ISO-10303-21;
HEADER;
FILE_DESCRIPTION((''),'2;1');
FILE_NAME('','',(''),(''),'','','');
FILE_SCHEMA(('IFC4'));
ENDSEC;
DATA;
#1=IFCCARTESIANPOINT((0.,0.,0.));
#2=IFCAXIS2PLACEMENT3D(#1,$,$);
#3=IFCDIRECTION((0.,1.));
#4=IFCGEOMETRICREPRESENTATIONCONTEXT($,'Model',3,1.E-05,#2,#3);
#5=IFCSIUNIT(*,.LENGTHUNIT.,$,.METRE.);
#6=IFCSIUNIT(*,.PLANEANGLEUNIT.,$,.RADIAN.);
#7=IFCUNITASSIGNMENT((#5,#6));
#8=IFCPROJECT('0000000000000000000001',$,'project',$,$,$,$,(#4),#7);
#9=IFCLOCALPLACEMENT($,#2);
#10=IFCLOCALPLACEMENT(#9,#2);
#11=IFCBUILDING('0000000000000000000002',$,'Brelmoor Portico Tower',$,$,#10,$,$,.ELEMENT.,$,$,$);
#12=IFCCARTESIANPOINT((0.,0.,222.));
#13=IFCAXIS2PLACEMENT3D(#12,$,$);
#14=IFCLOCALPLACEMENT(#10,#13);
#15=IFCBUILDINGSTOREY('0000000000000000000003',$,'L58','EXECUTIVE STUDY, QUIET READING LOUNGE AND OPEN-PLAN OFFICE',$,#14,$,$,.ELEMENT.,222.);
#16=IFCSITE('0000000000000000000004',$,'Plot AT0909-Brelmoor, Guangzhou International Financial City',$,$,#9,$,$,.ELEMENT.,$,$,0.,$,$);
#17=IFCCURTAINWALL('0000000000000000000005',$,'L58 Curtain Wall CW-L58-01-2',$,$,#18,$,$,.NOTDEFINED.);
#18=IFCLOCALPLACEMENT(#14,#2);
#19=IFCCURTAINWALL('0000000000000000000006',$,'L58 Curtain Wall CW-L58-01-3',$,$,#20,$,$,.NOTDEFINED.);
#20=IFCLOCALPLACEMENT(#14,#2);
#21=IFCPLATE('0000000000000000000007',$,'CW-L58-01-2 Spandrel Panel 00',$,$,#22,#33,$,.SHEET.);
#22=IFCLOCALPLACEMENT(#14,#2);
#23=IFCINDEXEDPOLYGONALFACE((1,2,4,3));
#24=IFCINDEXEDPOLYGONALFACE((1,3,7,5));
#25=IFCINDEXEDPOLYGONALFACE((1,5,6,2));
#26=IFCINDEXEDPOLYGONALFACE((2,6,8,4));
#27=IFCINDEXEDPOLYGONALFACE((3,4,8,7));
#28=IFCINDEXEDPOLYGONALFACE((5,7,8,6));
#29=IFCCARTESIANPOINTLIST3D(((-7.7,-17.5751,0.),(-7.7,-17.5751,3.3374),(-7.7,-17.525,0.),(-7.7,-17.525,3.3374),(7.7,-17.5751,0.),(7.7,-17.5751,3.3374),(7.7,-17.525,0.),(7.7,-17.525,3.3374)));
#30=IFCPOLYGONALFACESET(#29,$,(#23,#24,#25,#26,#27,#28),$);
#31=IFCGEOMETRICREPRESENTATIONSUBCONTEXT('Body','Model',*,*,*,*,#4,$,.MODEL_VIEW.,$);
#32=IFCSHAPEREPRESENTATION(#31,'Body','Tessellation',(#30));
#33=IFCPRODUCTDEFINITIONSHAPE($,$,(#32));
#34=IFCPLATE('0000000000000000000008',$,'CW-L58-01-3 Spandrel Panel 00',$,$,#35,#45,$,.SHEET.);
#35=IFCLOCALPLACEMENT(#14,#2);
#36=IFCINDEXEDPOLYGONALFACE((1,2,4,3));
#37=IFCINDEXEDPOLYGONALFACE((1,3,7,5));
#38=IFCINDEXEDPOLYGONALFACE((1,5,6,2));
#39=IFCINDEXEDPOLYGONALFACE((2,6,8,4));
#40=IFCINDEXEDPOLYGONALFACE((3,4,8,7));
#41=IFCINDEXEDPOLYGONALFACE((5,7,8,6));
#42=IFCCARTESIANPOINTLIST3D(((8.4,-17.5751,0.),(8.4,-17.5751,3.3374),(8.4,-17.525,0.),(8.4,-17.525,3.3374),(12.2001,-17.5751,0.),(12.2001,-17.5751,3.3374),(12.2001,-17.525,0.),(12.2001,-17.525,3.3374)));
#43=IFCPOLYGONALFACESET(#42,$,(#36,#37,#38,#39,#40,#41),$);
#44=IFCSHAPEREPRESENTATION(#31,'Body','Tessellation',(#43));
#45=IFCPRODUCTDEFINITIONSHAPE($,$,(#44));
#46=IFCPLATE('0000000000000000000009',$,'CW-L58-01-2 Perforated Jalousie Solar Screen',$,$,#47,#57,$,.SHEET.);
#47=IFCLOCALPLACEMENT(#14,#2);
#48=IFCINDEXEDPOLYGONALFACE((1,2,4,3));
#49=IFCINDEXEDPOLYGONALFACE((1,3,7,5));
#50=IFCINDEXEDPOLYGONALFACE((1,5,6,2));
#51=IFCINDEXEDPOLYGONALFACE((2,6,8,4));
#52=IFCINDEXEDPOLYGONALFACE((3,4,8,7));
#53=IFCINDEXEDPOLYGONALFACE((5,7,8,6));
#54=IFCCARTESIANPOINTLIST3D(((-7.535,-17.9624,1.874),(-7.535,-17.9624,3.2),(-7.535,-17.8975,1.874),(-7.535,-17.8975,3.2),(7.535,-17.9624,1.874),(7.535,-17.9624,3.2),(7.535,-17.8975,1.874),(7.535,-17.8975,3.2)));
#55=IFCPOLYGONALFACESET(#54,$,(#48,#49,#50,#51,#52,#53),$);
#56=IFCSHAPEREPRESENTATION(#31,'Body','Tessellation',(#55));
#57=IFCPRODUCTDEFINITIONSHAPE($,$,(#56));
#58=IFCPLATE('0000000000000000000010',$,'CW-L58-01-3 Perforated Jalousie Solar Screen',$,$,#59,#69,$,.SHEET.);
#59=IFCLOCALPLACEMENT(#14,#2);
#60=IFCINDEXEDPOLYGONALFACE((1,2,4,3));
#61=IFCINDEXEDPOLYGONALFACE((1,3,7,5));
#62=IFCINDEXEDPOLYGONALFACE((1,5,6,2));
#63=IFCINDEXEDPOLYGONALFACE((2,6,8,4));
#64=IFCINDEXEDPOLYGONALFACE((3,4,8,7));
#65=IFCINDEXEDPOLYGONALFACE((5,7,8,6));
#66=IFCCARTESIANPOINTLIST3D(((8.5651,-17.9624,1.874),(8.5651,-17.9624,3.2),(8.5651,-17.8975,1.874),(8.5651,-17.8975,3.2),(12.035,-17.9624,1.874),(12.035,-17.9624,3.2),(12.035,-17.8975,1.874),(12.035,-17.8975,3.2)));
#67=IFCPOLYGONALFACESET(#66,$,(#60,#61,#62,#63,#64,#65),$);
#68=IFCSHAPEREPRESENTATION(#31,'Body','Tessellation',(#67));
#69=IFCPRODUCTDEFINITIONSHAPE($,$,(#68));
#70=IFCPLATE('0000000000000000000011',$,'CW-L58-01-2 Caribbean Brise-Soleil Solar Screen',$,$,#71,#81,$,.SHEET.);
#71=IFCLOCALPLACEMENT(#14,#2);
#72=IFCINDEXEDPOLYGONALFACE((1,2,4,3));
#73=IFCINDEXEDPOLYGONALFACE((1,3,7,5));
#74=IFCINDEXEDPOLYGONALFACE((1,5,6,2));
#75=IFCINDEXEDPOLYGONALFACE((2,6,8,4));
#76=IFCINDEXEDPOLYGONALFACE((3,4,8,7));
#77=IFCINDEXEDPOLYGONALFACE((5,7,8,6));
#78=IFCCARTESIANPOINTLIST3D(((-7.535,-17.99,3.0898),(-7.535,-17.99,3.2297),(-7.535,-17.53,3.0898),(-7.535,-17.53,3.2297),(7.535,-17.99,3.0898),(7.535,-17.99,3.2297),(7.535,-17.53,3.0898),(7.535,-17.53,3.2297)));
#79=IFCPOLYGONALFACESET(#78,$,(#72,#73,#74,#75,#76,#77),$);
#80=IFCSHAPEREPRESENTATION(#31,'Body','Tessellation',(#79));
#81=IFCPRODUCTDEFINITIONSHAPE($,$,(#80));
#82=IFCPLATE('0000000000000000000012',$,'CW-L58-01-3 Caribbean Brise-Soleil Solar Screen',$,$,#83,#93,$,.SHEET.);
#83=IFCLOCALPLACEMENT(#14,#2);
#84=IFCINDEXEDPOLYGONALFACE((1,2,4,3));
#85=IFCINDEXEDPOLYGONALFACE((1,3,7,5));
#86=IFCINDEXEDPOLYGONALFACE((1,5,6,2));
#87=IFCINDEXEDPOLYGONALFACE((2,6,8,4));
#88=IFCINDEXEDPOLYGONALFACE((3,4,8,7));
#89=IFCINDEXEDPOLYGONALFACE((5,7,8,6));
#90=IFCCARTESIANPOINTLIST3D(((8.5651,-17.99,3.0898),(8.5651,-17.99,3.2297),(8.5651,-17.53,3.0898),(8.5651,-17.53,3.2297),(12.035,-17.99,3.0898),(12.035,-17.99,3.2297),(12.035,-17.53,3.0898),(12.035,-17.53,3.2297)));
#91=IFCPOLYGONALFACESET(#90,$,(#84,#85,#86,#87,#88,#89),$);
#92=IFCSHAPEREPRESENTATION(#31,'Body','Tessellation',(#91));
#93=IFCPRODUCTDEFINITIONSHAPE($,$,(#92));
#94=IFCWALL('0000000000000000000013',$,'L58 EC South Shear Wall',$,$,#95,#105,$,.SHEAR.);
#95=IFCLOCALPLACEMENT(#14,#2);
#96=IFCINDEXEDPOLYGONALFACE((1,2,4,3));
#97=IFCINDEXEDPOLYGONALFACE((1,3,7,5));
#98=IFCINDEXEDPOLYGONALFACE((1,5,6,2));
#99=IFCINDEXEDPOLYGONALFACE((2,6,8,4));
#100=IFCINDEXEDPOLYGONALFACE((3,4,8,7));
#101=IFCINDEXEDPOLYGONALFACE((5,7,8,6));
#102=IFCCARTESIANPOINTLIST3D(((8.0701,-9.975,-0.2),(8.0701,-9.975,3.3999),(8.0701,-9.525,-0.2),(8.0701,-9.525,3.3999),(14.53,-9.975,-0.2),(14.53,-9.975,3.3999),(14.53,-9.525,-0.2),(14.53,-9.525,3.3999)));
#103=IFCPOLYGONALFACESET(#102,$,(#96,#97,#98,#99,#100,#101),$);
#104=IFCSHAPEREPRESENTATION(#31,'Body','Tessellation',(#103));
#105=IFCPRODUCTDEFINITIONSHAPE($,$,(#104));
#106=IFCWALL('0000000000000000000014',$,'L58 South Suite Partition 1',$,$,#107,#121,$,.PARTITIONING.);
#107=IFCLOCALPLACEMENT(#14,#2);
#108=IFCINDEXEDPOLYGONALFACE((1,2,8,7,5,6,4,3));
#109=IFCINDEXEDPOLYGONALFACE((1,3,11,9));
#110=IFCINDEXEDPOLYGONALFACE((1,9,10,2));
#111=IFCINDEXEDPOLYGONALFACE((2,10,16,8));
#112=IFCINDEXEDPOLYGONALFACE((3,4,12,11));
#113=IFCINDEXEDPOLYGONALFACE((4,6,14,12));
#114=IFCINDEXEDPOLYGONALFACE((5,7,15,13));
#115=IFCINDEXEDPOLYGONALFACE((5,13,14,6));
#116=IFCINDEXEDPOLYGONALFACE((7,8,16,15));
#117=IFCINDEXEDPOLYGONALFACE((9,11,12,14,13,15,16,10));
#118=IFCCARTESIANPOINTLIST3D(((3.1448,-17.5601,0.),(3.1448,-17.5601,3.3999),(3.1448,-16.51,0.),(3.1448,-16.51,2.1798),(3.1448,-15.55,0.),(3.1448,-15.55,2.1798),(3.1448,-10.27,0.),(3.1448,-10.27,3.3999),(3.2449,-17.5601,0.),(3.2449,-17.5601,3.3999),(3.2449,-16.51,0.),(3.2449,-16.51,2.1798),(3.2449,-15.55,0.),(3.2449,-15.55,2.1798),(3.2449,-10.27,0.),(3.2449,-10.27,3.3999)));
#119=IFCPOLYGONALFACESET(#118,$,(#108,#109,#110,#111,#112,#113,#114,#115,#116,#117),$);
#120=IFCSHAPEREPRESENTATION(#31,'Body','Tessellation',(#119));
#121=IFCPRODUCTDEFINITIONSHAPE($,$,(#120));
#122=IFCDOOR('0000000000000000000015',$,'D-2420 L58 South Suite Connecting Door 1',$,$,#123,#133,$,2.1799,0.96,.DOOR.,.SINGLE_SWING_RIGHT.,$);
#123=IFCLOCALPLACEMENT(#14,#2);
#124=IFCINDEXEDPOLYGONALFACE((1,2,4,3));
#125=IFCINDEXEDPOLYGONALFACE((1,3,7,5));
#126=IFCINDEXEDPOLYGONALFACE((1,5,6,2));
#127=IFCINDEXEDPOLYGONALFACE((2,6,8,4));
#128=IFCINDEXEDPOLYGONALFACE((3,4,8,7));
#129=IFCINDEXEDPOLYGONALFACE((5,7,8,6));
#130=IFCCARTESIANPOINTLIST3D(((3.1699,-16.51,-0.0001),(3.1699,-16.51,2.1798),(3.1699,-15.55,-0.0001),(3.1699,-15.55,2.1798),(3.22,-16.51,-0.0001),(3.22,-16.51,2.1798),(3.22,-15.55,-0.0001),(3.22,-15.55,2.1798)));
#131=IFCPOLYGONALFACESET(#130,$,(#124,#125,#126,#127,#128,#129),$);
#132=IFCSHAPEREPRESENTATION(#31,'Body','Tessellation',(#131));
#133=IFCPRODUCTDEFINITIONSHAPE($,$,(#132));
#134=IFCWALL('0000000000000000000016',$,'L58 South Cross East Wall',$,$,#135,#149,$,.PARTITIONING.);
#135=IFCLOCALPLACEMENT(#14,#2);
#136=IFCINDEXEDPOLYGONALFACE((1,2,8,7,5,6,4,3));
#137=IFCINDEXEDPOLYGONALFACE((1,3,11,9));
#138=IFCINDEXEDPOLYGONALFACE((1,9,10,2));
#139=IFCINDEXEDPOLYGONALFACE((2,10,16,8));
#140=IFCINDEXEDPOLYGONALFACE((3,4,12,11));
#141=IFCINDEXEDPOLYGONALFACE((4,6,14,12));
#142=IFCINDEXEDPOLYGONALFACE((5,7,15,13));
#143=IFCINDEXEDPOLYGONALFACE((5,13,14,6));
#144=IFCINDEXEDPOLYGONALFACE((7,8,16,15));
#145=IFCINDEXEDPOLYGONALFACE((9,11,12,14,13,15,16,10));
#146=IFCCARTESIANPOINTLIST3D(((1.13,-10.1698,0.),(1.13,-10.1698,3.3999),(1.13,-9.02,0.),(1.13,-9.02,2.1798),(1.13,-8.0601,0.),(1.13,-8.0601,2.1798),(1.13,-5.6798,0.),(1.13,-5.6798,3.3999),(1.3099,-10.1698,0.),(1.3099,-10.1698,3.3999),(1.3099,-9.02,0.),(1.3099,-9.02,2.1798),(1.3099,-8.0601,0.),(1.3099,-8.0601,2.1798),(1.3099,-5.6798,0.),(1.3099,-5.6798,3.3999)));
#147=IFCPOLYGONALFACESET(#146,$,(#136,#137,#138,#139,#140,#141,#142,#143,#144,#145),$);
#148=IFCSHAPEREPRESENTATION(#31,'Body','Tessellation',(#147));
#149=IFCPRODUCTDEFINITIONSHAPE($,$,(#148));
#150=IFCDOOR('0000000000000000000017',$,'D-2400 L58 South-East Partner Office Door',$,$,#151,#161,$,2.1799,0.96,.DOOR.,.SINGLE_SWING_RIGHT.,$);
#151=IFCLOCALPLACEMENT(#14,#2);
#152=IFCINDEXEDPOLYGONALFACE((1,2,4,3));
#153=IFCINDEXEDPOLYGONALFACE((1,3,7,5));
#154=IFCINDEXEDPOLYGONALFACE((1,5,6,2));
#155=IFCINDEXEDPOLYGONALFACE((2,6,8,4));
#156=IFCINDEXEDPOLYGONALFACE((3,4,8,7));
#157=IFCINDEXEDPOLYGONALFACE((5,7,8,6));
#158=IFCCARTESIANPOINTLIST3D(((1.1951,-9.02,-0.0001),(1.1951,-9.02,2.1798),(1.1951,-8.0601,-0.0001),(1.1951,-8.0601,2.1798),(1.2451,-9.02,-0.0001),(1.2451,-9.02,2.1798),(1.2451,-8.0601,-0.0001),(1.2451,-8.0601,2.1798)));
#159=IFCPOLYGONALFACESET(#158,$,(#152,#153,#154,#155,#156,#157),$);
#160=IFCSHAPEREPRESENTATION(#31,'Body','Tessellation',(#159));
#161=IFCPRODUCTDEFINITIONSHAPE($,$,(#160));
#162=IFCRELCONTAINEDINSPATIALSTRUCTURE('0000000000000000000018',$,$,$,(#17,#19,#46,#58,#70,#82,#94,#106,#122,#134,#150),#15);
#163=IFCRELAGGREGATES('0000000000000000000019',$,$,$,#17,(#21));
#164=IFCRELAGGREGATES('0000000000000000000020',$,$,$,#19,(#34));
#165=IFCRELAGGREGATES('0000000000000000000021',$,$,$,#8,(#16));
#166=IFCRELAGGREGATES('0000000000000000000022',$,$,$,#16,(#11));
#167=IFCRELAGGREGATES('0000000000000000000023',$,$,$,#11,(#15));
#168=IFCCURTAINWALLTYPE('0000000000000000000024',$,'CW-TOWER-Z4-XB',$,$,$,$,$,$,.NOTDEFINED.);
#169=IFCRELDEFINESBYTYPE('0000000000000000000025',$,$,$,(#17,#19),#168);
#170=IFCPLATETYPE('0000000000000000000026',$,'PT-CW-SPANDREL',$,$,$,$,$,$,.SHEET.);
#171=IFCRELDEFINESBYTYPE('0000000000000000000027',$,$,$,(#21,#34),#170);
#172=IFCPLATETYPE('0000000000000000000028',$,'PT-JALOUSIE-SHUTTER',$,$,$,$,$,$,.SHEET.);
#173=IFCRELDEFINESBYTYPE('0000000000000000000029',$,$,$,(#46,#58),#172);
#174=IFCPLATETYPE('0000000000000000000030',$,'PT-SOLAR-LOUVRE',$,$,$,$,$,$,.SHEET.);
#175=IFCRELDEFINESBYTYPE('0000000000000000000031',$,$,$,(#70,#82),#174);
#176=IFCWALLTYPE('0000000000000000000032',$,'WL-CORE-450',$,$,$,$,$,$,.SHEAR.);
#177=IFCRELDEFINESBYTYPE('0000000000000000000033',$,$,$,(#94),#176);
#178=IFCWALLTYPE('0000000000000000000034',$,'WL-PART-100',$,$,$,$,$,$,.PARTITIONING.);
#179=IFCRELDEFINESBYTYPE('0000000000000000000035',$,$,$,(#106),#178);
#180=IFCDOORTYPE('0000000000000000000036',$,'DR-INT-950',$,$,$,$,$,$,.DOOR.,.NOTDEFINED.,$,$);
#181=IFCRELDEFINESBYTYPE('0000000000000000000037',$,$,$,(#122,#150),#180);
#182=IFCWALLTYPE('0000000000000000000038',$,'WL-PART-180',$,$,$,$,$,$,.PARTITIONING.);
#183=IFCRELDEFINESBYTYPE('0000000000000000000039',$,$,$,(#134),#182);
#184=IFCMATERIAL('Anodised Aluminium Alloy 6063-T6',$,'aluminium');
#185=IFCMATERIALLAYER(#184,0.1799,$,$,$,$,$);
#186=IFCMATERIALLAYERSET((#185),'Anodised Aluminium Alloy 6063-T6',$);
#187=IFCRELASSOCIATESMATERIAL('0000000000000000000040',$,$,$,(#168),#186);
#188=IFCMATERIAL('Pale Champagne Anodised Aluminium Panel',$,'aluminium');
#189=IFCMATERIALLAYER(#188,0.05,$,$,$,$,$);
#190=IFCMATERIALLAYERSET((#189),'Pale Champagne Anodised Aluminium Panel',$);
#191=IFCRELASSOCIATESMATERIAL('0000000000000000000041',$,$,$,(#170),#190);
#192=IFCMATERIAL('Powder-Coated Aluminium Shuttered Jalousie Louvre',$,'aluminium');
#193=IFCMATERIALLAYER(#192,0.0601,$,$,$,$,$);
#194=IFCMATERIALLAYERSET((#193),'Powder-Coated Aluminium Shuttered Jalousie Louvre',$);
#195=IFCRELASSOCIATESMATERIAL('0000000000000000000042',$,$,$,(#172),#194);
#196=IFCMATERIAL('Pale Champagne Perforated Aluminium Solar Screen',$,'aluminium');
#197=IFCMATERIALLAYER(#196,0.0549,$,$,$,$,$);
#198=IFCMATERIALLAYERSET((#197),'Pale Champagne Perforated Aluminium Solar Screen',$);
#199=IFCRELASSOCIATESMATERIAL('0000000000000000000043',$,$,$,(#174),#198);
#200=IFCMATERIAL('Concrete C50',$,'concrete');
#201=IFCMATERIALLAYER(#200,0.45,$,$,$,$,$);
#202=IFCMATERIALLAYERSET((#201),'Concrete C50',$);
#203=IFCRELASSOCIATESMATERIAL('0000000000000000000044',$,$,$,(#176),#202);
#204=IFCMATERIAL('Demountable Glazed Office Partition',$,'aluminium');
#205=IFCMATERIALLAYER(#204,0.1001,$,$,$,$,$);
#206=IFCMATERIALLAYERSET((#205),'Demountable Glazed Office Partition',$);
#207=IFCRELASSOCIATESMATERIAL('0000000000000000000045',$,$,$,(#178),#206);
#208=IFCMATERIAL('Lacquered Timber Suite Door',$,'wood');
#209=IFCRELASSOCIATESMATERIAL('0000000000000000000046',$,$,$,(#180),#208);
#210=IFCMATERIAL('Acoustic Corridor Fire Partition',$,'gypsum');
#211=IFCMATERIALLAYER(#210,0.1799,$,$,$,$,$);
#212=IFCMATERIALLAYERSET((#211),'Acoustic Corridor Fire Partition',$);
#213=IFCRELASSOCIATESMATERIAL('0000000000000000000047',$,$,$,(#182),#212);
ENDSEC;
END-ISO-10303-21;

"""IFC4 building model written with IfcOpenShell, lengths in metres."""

from ifc_helpers import new_model, si_unit, direction, frame, frame_2d, origin, origin_2d, place, context, subcontext, project, spatial, rectangle, extrude, material, layer, layer_set, type_object, element, fill, aggregate, save


model = new_model("IFC4")

# Units and contexts
model_context = context("Model", 3, precision=1e-05, world=origin(), true_north=direction((0.0, 1.0)))
body_context = subcontext(model_context, "Body", "Model", "MODEL_VIEW")
ifc_project = project(units=[si_unit("LENGTHUNIT", "METRE"), si_unit("PLANEANGLEUNIT", "RADIAN")], contexts=[model_context])

# Site, building, storey
site_placement = place(None, origin())
site = spatial("IfcSite", under=ifc_project, at=site_placement, Name="Plot AT0909-Brelmoor, Guangzhou International Financial City", CompositionType="ELEMENT", RefElevation=0.0)
building_placement = place(site_placement, origin())
building = spatial("IfcBuilding", under=site, at=building_placement, Name="Brelmoor Portico Tower", CompositionType="ELEMENT")
storey_placement = place(building_placement, frame((0.0, 0.0, 222.0)))
storey = spatial("IfcBuildingStorey", under=building, at=storey_placement, Name="L58", Description="EXECUTIVE STUDY, QUIET READING LOUNGE AND OPEN-PLAN OFFICE", CompositionType="ELEMENT", Elevation=222.0)

# Curtain wall
ifc_material_1 = material(Name="Anodised Aluminium Alloy 6063-T6", Category="aluminium")
ifc_layer_1 = layer(ifc_material_1, 0.1799)
ifc_layer_set_1 = layer_set([ifc_layer_1], Name="Anodised Aluminium Alloy 6063-T6")
curtain_wall_type = type_object("IfcCurtainWallType", Name="CW-TOWER-Z4-XB", PredefinedType="NOTDEFINED", material=ifc_layer_set_1)
curtain_wall_1_placement = place(storey_placement, origin())
curtain_wall_1 = element("IfcCurtainWall", 1, at=curtain_wall_1_placement, inside=storey, type_object=curtain_wall_type, Name="L58 Curtain Wall CW-L58-01-2", PredefinedType="NOTDEFINED")

# Curtain wall
curtain_wall_2_placement = place(storey_placement, origin())
curtain_wall_2 = element("IfcCurtainWall", 2, at=curtain_wall_2_placement, inside=storey, type_object=curtain_wall_type, Name="L58 Curtain Wall CW-L58-01-3", PredefinedType="NOTDEFINED")

# Plates
ifc_material_2 = material(Name="Pale Champagne Anodised Aluminium Panel", Category="aluminium")
ifc_layer_2 = layer(ifc_material_2, 0.05)
ifc_layer_set_2 = layer_set([ifc_layer_2], Name="Pale Champagne Anodised Aluminium Panel")
plate_type_1 = type_object("IfcPlateType", Name="PT-CW-SPANDREL", PredefinedType="SHEET", material=ifc_layer_set_2)
plate_1_placement = place(storey_placement, frame((0.0, -17.55, 0.0), z_axis=(0.0, 0.0, 1.0), x_axis=(1.0, 0.0, 0.0)))
plate_1 = element("IfcPlate", 3, at=plate_1_placement, type_object=plate_type_1, Name="CW-L58-01-2 Spandrel Panel 00", PredefinedType="SHEET", context=body_context, shape_type="SweptSolid", body=[
    extrude(rectangle(XDim=15.3999, YDim=0.05, at=origin_2d()), origin(), (0.0, 0.0, 1.0), 3.3374),
])
aggregate(curtain_wall_1, [plate_1])
plate_2_placement = place(storey_placement, frame((10.3, -17.55, 0.0), z_axis=(0.0, 0.0, 1.0), x_axis=(1.0, 0.0, 0.0)))
plate_2 = element("IfcPlate", 4, at=plate_2_placement, type_object=plate_type_1, Name="CW-L58-01-3 Spandrel Panel 00", PredefinedType="SHEET", context=body_context, shape_type="SweptSolid", body=[
    extrude(rectangle(XDim=3.8, YDim=0.05, at=origin_2d()), origin(), (0.0, 0.0, 1.0), 3.3374),
])
aggregate(curtain_wall_2, [plate_2])

# Plates
ifc_material_3 = material(Name="Powder-Coated Aluminium Shuttered Jalousie Louvre", Category="aluminium")
ifc_layer_3 = layer(ifc_material_3, 0.0601)
ifc_layer_set_3 = layer_set([ifc_layer_3], Name="Powder-Coated Aluminium Shuttered Jalousie Louvre")
plate_type_2 = type_object("IfcPlateType", Name="PT-JALOUSIE-SHUTTER", PredefinedType="SHEET", material=ifc_layer_set_3)
plate_3_placement = place(storey_placement, frame((0.0, -17.9299, 1.874), z_axis=(0.0, 0.0, 1.0), x_axis=(1.0, 0.0, 0.0)))
element("IfcPlate", 5, at=plate_3_placement, inside=storey, type_object=plate_type_2, Name="CW-L58-01-2 Perforated Jalousie Solar Screen", PredefinedType="SHEET", context=body_context, shape_type="SweptSolid", body=[
    extrude(rectangle(XDim=15.0701, YDim=0.0649, at=origin_2d()), origin(), (0.0, 0.0, 1.0), 1.3259),
])
plate_4_placement = place(storey_placement, frame((10.3, -17.9299, 1.874), z_axis=(0.0, 0.0, 1.0), x_axis=(1.0, 0.0, 0.0)))
element("IfcPlate", 6, at=plate_4_placement, inside=storey, type_object=plate_type_2, Name="CW-L58-01-3 Perforated Jalousie Solar Screen", PredefinedType="SHEET", context=body_context, shape_type="SweptSolid", body=[
    extrude(rectangle(XDim=3.47, YDim=0.0649, at=origin_2d()), origin(), (0.0, 0.0, 1.0), 1.3259),
])
ifc_material_4 = material(Name="Pale Champagne Perforated Aluminium Solar Screen", Category="aluminium")
ifc_layer_4 = layer(ifc_material_4, 0.0549)
ifc_layer_set_4 = layer_set([ifc_layer_4], Name="Pale Champagne Perforated Aluminium Solar Screen")
plate_type_3 = type_object("IfcPlateType", Name="PT-SOLAR-LOUVRE", PredefinedType="SHEET", material=ifc_layer_set_4)
plate_5_placement = place(storey_placement, frame((0.0, -17.76, 3.0898), z_axis=(0.0, 0.0, 1.0), x_axis=(1.0, 0.0, 0.0)))
element("IfcPlate", 7, at=plate_5_placement, inside=storey, type_object=plate_type_3, Name="CW-L58-01-2 Caribbean Brise-Soleil Solar Screen", PredefinedType="SHEET", context=body_context, shape_type="SweptSolid", body=[
    extrude(rectangle(XDim=15.0701, YDim=0.46, at=origin_2d()), origin(), (0.0, 0.0, 1.0), 0.1399),
])
plate_6_placement = place(storey_placement, frame((10.3, -17.76, 3.0898), z_axis=(0.0, 0.0, 1.0), x_axis=(1.0, 0.0, 0.0)))
element("IfcPlate", 8, at=plate_6_placement, inside=storey, type_object=plate_type_3, Name="CW-L58-01-3 Caribbean Brise-Soleil Solar Screen", PredefinedType="SHEET", context=body_context, shape_type="SweptSolid", body=[
    extrude(rectangle(XDim=3.47, YDim=0.46, at=origin_2d()), origin(), (0.0, 0.0, 1.0), 0.1399),
])

# Wall
ifc_material_5 = material(Name="Concrete C50", Category="concrete")
ifc_layer_5 = layer(ifc_material_5, 0.45)
ifc_layer_set_5 = layer_set([ifc_layer_5], Name="Concrete C50")
wall_type_1 = type_object("IfcWallType", Name="WL-CORE-450", PredefinedType="SHEAR", material=ifc_layer_set_5)
wall_1_placement = place(storey_placement, frame((8.0701, -9.75, -0.2), z_axis=(0.0, 0.0, 1.0), x_axis=(1.0, 0.0, 0.0)))
element("IfcWall", 9, at=wall_1_placement, inside=storey, type_object=wall_type_1, Name="L58 EC South Shear Wall", PredefinedType="SHEAR", context=body_context, shape_type="SweptSolid", body=[
    extrude(rectangle(XDim=6.46, YDim=0.45, at=frame_2d((3.23, 0.0))), origin(), (0.0, 0.0, 1.0), 3.5999),
])

# Walls, openings, doors
ifc_material_6 = material(Name="Demountable Glazed Office Partition", Category="aluminium")
ifc_layer_6 = layer(ifc_material_6, 0.1001)
ifc_layer_set_6 = layer_set([ifc_layer_6], Name="Demountable Glazed Office Partition")
wall_type_2 = type_object("IfcWallType", Name="WL-PART-100", PredefinedType="PARTITIONING", material=ifc_layer_set_6)
wall_2_placement = place(storey_placement, frame((3.1948, -17.5601, 0.0), z_axis=(0.0, 0.0, 1.0), x_axis=(0.0, 1.0, 0.0)))
wall_2 = element("IfcWall", 10, at=wall_2_placement, inside=storey, type_object=wall_type_2, Name="L58 South Suite Partition 1", PredefinedType="PARTITIONING", context=body_context, shape_type="SweptSolid", body=[
    extrude(rectangle(XDim=7.29, YDim=0.1001, at=frame_2d((3.645, 0.0))), origin(), (0.0, 0.0, 1.0), 3.3999),
])
opening_1_placement = place(wall_2_placement, frame((1.05, 0.0, 0.0)))
opening_1 = element("IfcOpeningElement", 11, at=opening_1_placement, cuts=wall_2, PredefinedType="OPENING", context=body_context, shape_type="SweptSolid", body=[
    extrude(rectangle(XDim=0.96, YDim=2.1799, at=frame_2d((0.48, 1.0898))), frame((0.0, 0.0601, 0.0), z_axis=(0.0, -1.0, 0.0), x_axis=(1.0, 0.0, 0.0)), (0.0, 0.0, 1.0), 0.1201),
])
ifc_material_7 = material(Name="Lacquered Timber Suite Door", Category="wood")
door_type_1 = type_object("IfcDoorType", Name="DR-INT-950", OperationType="NOTDEFINED", PredefinedType="DOOR", material=ifc_material_7)
door_1_placement = place(opening_1_placement, origin())
door_1 = element("IfcDoor", 12, at=door_1_placement, inside=storey, type_object=door_type_1, Name="D-2420 L58 South Suite Connecting Door 1", OperationType="SINGLE_SWING_RIGHT", OverallHeight=2.1799, OverallWidth=0.96, PredefinedType="DOOR", context=body_context, shape_type="SweptSolid", body=[
    extrude(rectangle(XDim=0.96, YDim=2.1799, at=frame_2d((0.48, 1.0898))), frame((0.0, 0.0249, 0.0), z_axis=(0.0, -1.0, 0.0), x_axis=(1.0, 0.0, 0.0)), (0.0, 0.0, 1.0), 0.05),
])
fill(opening_1, door_1)
ifc_material_8 = material(Name="Acoustic Corridor Fire Partition", Category="gypsum")
ifc_layer_7 = layer(ifc_material_8, 0.1799)
ifc_layer_set_7 = layer_set([ifc_layer_7], Name="Acoustic Corridor Fire Partition")
wall_type_3 = type_object("IfcWallType", Name="WL-PART-180", PredefinedType="PARTITIONING", material=ifc_layer_set_7)
wall_3_placement = place(storey_placement, frame((1.22, -10.1699, 0.0), z_axis=(0.0, 0.0, 1.0), x_axis=(0.0, 1.0, 0.0)))
wall_3 = element("IfcWall", 13, at=wall_3_placement, inside=storey, type_object=wall_type_3, Name="L58 South Cross East Wall", PredefinedType="PARTITIONING", context=body_context, shape_type="SweptSolid", body=[
    extrude(rectangle(XDim=4.49, YDim=0.1799, at=frame_2d((2.2451, 0.0))), origin(), (0.0, 0.0, 1.0), 3.3999),
])
opening_2_placement = place(wall_3_placement, frame((1.1499, 0.0, 0.0)))
opening_2 = element("IfcOpeningElement", 14, at=opening_2_placement, cuts=wall_3, PredefinedType="OPENING", context=body_context, shape_type="SweptSolid", body=[
    extrude(rectangle(XDim=0.96, YDim=2.1799, at=frame_2d((0.48, 1.0898))), frame((0.0, 0.0999, 0.0), z_axis=(0.0, -1.0, 0.0), x_axis=(1.0, 0.0, 0.0)), (0.0, 0.0, 1.0), 0.2),
])
door_2_placement = place(opening_2_placement, origin())
door_2 = element("IfcDoor", 15, at=door_2_placement, inside=storey, type_object=door_type_1, Name="D-2400 L58 South-East Partner Office Door", OperationType="SINGLE_SWING_RIGHT", OverallHeight=2.1799, OverallWidth=0.96, PredefinedType="DOOR", context=body_context, shape_type="SweptSolid", body=[
    extrude(rectangle(XDim=0.96, YDim=2.1799, at=frame_2d((0.48, 1.0898))), frame((0.0, 0.0249, 0.0), z_axis=(0.0, -1.0, 0.0), x_axis=(1.0, 0.0, 0.0)), (0.0, 0.0, 1.0), 0.05),
])
fill(opening_2, door_2)

save(model, "model.ifc")
